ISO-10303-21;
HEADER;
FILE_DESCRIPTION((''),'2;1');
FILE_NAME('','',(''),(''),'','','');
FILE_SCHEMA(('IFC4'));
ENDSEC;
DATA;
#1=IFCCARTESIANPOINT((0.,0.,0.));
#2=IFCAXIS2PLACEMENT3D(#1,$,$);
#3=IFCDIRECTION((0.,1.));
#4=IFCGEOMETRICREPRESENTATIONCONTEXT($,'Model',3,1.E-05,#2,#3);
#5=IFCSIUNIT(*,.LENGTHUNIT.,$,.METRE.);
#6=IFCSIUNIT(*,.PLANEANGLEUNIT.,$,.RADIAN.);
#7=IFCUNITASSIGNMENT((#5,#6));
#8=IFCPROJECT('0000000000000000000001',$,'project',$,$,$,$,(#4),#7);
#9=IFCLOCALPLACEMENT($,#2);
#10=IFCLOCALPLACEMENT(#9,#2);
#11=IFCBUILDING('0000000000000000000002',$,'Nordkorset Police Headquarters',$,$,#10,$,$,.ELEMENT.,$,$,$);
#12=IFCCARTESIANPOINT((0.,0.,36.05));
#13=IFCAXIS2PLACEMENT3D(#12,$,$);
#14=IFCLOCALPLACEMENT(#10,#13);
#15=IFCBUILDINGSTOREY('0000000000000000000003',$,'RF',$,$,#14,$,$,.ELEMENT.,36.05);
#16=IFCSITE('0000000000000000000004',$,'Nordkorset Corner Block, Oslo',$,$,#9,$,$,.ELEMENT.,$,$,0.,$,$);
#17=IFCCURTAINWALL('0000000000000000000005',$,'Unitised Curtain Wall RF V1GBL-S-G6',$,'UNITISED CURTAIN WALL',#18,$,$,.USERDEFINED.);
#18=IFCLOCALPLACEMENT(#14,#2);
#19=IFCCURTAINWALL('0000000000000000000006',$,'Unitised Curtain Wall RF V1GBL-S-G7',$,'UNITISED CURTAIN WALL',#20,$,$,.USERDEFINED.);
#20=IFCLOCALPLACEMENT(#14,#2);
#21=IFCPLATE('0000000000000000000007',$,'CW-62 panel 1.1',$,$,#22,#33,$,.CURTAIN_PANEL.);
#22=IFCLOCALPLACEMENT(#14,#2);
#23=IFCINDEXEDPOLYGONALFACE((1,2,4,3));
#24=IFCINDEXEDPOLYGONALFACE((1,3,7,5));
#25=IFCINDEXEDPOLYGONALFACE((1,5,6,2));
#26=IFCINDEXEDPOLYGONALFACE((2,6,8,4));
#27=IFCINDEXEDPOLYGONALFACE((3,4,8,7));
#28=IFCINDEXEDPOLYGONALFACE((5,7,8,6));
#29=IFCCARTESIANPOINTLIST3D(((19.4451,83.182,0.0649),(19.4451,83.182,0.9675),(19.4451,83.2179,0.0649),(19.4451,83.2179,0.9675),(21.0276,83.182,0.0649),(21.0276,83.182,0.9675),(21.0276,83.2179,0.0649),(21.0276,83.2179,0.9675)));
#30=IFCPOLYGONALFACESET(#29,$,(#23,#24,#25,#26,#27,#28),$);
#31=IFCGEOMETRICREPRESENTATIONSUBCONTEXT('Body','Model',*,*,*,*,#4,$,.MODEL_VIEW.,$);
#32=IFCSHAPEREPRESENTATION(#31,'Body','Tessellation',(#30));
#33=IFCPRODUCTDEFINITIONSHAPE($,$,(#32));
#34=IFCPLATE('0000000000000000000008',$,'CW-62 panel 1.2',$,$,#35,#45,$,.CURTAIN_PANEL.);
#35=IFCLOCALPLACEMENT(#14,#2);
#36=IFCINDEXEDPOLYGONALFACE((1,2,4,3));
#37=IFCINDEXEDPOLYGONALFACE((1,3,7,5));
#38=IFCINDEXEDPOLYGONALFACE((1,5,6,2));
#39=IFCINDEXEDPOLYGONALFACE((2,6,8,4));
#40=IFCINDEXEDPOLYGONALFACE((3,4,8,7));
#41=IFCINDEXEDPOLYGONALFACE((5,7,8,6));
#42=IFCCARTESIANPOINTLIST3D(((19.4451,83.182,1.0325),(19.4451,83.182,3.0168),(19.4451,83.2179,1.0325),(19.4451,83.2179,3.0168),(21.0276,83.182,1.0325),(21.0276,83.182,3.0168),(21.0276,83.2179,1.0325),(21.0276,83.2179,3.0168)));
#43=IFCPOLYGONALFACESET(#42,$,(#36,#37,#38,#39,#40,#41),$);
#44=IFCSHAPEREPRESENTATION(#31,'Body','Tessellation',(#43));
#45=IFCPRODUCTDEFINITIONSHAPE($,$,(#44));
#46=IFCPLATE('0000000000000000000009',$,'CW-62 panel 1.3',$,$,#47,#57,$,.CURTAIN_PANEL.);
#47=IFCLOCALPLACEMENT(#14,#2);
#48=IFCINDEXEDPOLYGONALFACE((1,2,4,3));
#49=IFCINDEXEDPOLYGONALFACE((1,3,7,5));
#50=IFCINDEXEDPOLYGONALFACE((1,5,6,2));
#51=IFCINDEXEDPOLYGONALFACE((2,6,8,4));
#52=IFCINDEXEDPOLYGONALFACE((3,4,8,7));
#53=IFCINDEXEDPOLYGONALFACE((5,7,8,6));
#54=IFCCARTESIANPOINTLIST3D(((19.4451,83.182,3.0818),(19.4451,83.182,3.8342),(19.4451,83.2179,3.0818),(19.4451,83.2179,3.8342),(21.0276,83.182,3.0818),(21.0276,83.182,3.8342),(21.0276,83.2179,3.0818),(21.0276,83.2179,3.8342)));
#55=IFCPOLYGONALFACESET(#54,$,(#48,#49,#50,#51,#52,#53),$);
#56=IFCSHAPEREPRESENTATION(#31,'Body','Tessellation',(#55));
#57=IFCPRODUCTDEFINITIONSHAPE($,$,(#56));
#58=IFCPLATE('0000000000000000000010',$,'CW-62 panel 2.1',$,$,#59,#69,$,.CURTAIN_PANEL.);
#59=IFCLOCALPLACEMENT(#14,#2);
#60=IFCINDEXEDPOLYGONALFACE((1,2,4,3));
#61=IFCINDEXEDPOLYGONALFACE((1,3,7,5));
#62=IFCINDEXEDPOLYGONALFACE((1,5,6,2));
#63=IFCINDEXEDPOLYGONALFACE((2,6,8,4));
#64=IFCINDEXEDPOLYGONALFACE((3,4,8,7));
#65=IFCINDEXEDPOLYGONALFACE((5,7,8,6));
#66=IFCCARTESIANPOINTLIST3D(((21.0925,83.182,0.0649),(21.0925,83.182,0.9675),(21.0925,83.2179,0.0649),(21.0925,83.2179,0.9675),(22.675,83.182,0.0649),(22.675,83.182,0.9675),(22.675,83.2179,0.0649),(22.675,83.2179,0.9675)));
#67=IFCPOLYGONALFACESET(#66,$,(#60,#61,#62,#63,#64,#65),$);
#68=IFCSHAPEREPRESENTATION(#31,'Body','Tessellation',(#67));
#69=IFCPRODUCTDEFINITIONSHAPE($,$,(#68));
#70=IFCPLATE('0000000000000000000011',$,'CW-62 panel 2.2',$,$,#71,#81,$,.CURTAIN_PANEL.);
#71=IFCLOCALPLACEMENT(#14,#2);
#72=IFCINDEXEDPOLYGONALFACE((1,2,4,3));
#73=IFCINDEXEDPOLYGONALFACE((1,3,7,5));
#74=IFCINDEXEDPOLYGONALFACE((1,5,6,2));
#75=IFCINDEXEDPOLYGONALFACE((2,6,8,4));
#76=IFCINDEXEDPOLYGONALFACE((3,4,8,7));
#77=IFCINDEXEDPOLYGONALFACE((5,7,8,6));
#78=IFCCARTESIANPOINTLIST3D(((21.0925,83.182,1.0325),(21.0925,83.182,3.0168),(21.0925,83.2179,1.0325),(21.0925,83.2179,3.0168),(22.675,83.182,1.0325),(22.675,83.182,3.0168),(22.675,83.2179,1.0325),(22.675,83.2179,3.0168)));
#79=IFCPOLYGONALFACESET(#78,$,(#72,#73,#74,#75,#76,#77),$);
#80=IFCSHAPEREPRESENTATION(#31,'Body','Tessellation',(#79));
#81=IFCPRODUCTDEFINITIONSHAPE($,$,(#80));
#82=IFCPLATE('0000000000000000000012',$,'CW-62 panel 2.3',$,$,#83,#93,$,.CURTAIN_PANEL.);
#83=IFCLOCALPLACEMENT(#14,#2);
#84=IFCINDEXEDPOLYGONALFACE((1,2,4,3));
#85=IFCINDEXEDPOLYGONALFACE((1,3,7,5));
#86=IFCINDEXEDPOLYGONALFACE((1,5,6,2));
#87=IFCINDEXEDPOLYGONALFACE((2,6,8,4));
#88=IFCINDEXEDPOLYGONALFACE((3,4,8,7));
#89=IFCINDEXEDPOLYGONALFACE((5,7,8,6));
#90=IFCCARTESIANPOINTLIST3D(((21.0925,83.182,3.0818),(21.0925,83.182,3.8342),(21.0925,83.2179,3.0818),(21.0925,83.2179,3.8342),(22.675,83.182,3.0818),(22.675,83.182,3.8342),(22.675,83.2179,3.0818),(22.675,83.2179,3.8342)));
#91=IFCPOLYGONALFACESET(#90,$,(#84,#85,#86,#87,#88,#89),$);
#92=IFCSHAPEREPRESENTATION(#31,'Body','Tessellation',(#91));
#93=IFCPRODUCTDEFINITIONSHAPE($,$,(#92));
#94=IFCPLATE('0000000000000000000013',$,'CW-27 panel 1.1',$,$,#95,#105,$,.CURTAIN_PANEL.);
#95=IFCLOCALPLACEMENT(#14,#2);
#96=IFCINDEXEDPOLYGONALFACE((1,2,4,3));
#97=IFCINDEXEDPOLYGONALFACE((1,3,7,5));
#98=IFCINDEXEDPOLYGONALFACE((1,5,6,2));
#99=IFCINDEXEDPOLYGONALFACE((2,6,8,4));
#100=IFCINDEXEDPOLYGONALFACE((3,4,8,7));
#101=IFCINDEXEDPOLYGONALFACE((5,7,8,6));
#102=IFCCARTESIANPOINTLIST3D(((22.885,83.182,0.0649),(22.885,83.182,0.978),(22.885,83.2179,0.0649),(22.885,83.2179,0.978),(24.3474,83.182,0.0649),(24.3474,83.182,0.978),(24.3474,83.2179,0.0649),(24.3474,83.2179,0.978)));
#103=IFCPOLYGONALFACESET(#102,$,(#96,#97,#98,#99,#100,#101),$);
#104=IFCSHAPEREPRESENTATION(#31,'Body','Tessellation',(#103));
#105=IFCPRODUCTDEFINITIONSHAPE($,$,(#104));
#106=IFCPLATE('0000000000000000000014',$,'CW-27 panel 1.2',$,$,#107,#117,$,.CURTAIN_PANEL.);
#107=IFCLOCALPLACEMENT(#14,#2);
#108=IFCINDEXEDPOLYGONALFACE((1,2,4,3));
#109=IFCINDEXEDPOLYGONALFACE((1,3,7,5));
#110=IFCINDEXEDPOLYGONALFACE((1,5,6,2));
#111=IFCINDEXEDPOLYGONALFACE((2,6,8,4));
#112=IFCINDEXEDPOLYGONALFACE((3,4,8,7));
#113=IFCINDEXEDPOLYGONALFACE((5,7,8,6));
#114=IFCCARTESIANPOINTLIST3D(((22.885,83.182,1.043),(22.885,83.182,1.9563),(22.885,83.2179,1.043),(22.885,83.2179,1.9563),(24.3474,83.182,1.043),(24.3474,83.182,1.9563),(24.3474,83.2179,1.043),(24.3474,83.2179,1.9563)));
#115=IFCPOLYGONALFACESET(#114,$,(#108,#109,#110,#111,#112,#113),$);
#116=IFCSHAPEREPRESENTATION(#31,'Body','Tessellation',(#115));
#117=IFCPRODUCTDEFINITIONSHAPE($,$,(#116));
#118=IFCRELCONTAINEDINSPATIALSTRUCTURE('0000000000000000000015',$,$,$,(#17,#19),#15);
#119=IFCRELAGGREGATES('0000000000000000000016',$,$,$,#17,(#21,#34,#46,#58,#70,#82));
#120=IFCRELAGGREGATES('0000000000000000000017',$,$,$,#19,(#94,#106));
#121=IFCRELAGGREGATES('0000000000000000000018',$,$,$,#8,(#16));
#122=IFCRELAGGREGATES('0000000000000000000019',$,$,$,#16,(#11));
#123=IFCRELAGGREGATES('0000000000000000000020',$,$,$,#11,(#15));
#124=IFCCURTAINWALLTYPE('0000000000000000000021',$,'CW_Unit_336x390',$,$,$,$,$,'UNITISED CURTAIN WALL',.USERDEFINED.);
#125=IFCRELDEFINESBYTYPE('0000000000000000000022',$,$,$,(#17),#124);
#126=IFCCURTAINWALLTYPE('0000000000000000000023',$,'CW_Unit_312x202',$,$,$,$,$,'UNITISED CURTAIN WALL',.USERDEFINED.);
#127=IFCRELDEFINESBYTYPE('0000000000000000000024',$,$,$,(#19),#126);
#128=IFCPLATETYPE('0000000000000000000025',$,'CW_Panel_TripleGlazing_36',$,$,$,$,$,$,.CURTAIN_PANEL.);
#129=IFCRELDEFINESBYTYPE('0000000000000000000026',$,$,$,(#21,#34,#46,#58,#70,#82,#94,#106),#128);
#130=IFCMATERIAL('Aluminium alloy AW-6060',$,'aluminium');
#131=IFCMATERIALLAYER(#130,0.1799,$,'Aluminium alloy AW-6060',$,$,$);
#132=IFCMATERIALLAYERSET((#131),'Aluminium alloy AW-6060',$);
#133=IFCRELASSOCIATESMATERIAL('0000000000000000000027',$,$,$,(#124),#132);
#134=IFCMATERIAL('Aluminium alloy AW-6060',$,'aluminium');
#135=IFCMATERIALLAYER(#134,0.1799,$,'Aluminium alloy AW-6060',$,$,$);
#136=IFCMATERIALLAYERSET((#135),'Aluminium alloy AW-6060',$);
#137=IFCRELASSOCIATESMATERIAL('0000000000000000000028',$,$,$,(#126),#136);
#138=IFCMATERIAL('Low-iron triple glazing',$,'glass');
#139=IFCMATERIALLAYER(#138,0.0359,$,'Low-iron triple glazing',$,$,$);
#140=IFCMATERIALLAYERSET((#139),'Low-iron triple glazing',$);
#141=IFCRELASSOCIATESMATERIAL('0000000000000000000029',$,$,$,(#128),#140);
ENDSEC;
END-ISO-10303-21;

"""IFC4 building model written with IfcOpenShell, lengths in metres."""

from ifc_helpers import new_model, si_unit, direction, frame, origin, origin_2d, place, context, subcontext, project, spatial, rectangle, extrude, material, layer, layer_set, type_object, element, aggregate, save


model = new_model("IFC4")

# Units and contexts
model_context = context("Model", 3, precision=1e-05, world=origin(), true_north=direction((0.0, 1.0)))
body_context = subcontext(model_context, "Body", "Model", "MODEL_VIEW")
ifc_project = project(units=[si_unit("LENGTHUNIT", "METRE"), si_unit("PLANEANGLEUNIT", "RADIAN")], contexts=[model_context])

# Site, building, storey
site_placement = place(None, origin())
site = spatial("IfcSite", under=ifc_project, at=site_placement, Name="Nordkorset Corner Block, Oslo", CompositionType="ELEMENT", RefElevation=0.0)
building_placement = place(site_placement, origin())
building = spatial("IfcBuilding", under=site, at=building_placement, Name="Nordkorset Police Headquarters", CompositionType="ELEMENT")
storey_placement = place(building_placement, frame((0.0, 0.0, 36.05)))
storey = spatial("IfcBuildingStorey", under=building, at=storey_placement, Name="RF", CompositionType="ELEMENT", Elevation=36.05)

# Curtain wall
ifc_material_1 = material(Name="Aluminium alloy AW-6060", Category="aluminium")
ifc_layer_1 = layer(ifc_material_1, 0.1799, Name="Aluminium alloy AW-6060")
ifc_layer_set_1 = layer_set([ifc_layer_1], Name="Aluminium alloy AW-6060")
curtain_wall_type_1 = type_object("IfcCurtainWallType", Name="CW_Unit_336x390", ElementType="UNITISED CURTAIN WALL", PredefinedType="USERDEFINED", material=ifc_layer_set_1)
curtain_wall_1_placement = place(storey_placement, origin())
curtain_wall_1 = element("IfcCurtainWall", 1, at=curtain_wall_1_placement, inside=storey, type_object=curtain_wall_type_1, Name="Unitised Curtain Wall RF V1GBL-S-G6", ObjectType="UNITISED CURTAIN WALL", PredefinedType="USERDEFINED")

# Curtain wall
ifc_material_2 = material(Name="Aluminium alloy AW-6060", Category="aluminium")
ifc_layer_2 = layer(ifc_material_2, 0.1799, Name="Aluminium alloy AW-6060")
ifc_layer_set_2 = layer_set([ifc_layer_2], Name="Aluminium alloy AW-6060")
curtain_wall_type_2 = type_object("IfcCurtainWallType", Name="CW_Unit_312x202", ElementType="UNITISED CURTAIN WALL", PredefinedType="USERDEFINED", material=ifc_layer_set_2)
curtain_wall_2_placement = place(storey_placement, origin())
curtain_wall_2 = element("IfcCurtainWall", 2, at=curtain_wall_2_placement, inside=storey, type_object=curtain_wall_type_2, Name="Unitised Curtain Wall RF V1GBL-S-G7", ObjectType="UNITISED CURTAIN WALL", PredefinedType="USERDEFINED")

# Plates
ifc_material_3 = material(Name="Low-iron triple glazing", Category="glass")
ifc_layer_3 = layer(ifc_material_3, 0.0359, Name="Low-iron triple glazing")
ifc_layer_set_3 = layer_set([ifc_layer_3], Name="Low-iron triple glazing")
plate_type = type_object("IfcPlateType", Name="CW_Panel_TripleGlazing_36", PredefinedType="CURTAIN_PANEL", material=ifc_layer_set_3)
plate_1_placement = place(storey_placement, frame((20.2363, 83.2, 0.0649), z_axis=(0.0, 0.0, 1.0), x_axis=(1.0, 0.0, 0.0)))
plate_1 = element("IfcPlate", 3, at=plate_1_placement, type_object=plate_type, Name="CW-62 panel 1.1", PredefinedType="CURTAIN_PANEL", context=body_context, shape_type="SweptSolid", body=[
    extrude(rectangle(XDim=1.5825, YDim=0.0359, at=origin_2d()), origin(), (0.0, 0.0, 1.0), 0.9026),
])
plate_2_placement = place(storey_placement, frame((20.2363, 83.2, 1.0325), z_axis=(0.0, 0.0, 1.0), x_axis=(1.0, 0.0, 0.0)))
plate_2 = element("IfcPlate", 4, at=plate_2_placement, type_object=plate_type, Name="CW-62 panel 1.2", PredefinedType="CURTAIN_PANEL", context=body_context, shape_type="SweptSolid", body=[
    extrude(rectangle(XDim=1.5825, YDim=0.0359, at=origin_2d()), origin(), (0.0, 0.0, 1.0), 1.9844),
])
plate_3_placement = place(storey_placement, frame((20.2363, 83.2, 3.0818), z_axis=(0.0, 0.0, 1.0), x_axis=(1.0, 0.0, 0.0)))
plate_3 = element("IfcPlate", 5, at=plate_3_placement, type_object=plate_type, Name="CW-62 panel 1.3", PredefinedType="CURTAIN_PANEL", context=body_context, shape_type="SweptSolid", body=[
    extrude(rectangle(XDim=1.5825, YDim=0.0359, at=origin_2d()), origin(), (0.0, 0.0, 1.0), 0.7524),
])
plate_4_placement = place(storey_placement, frame((21.8838, 83.2, 0.0649), z_axis=(0.0, 0.0, 1.0), x_axis=(1.0, 0.0, 0.0)))
plate_4 = element("IfcPlate", 6, at=plate_4_placement, type_object=plate_type, Name="CW-62 panel 2.1", PredefinedType="CURTAIN_PANEL", context=body_context, shape_type="SweptSolid", body=[
    extrude(rectangle(XDim=1.5825, YDim=0.0359, at=origin_2d()), origin(), (0.0, 0.0, 1.0), 0.9026),
])
plate_5_placement = place(storey_placement, frame((21.8838, 83.2, 1.0325), z_axis=(0.0, 0.0, 1.0), x_axis=(1.0, 0.0, 0.0)))
plate_5 = element("IfcPlate", 7, at=plate_5_placement, type_object=plate_type, Name="CW-62 panel 2.2", PredefinedType="CURTAIN_PANEL", context=body_context, shape_type="SweptSolid", body=[
    extrude(rectangle(XDim=1.5825, YDim=0.0359, at=origin_2d()), origin(), (0.0, 0.0, 1.0), 1.9844),
])
plate_6_placement = place(storey_placement, frame((21.8838, 83.2, 3.0818), z_axis=(0.0, 0.0, 1.0), x_axis=(1.0, 0.0, 0.0)))
plate_6 = element("IfcPlate", 8, at=plate_6_placement, type_object=plate_type, Name="CW-62 panel 2.3", PredefinedType="CURTAIN_PANEL", context=body_context, shape_type="SweptSolid", body=[
    extrude(rectangle(XDim=1.5825, YDim=0.0359, at=origin_2d()), origin(), (0.0, 0.0, 1.0), 0.7524),
])
aggregate(curtain_wall_1, [plate_1, plate_2, plate_3, plate_4, plate_5, plate_6])
plate_7_placement = place(storey_placement, frame((23.6162, 83.2, 0.0649), z_axis=(0.0, 0.0, 1.0), x_axis=(1.0, 0.0, 0.0)))
plate_7 = element("IfcPlate", 9, at=plate_7_placement, type_object=plate_type, Name="CW-27 panel 1.1", PredefinedType="CURTAIN_PANEL", context=body_context, shape_type="SweptSolid", body=[
    extrude(rectangle(XDim=1.4624, YDim=0.0359, at=origin_2d()), origin(), (0.0, 0.0, 1.0), 0.9131),
])
plate_8_placement = place(storey_placement, frame((23.6162, 83.2, 1.043), z_axis=(0.0, 0.0, 1.0), x_axis=(1.0, 0.0, 0.0)))
plate_8 = element("IfcPlate", 10, at=plate_8_placement, type_object=plate_type, Name="CW-27 panel 1.2", PredefinedType="CURTAIN_PANEL", context=body_context, shape_type="SweptSolid", body=[
    extrude(rectangle(XDim=1.4624, YDim=0.0359, at=origin_2d()), origin(), (0.0, 0.0, 1.0), 0.9133),
])
aggregate(curtain_wall_2, [plate_7, plate_8])

save(model, "model.ifc")
